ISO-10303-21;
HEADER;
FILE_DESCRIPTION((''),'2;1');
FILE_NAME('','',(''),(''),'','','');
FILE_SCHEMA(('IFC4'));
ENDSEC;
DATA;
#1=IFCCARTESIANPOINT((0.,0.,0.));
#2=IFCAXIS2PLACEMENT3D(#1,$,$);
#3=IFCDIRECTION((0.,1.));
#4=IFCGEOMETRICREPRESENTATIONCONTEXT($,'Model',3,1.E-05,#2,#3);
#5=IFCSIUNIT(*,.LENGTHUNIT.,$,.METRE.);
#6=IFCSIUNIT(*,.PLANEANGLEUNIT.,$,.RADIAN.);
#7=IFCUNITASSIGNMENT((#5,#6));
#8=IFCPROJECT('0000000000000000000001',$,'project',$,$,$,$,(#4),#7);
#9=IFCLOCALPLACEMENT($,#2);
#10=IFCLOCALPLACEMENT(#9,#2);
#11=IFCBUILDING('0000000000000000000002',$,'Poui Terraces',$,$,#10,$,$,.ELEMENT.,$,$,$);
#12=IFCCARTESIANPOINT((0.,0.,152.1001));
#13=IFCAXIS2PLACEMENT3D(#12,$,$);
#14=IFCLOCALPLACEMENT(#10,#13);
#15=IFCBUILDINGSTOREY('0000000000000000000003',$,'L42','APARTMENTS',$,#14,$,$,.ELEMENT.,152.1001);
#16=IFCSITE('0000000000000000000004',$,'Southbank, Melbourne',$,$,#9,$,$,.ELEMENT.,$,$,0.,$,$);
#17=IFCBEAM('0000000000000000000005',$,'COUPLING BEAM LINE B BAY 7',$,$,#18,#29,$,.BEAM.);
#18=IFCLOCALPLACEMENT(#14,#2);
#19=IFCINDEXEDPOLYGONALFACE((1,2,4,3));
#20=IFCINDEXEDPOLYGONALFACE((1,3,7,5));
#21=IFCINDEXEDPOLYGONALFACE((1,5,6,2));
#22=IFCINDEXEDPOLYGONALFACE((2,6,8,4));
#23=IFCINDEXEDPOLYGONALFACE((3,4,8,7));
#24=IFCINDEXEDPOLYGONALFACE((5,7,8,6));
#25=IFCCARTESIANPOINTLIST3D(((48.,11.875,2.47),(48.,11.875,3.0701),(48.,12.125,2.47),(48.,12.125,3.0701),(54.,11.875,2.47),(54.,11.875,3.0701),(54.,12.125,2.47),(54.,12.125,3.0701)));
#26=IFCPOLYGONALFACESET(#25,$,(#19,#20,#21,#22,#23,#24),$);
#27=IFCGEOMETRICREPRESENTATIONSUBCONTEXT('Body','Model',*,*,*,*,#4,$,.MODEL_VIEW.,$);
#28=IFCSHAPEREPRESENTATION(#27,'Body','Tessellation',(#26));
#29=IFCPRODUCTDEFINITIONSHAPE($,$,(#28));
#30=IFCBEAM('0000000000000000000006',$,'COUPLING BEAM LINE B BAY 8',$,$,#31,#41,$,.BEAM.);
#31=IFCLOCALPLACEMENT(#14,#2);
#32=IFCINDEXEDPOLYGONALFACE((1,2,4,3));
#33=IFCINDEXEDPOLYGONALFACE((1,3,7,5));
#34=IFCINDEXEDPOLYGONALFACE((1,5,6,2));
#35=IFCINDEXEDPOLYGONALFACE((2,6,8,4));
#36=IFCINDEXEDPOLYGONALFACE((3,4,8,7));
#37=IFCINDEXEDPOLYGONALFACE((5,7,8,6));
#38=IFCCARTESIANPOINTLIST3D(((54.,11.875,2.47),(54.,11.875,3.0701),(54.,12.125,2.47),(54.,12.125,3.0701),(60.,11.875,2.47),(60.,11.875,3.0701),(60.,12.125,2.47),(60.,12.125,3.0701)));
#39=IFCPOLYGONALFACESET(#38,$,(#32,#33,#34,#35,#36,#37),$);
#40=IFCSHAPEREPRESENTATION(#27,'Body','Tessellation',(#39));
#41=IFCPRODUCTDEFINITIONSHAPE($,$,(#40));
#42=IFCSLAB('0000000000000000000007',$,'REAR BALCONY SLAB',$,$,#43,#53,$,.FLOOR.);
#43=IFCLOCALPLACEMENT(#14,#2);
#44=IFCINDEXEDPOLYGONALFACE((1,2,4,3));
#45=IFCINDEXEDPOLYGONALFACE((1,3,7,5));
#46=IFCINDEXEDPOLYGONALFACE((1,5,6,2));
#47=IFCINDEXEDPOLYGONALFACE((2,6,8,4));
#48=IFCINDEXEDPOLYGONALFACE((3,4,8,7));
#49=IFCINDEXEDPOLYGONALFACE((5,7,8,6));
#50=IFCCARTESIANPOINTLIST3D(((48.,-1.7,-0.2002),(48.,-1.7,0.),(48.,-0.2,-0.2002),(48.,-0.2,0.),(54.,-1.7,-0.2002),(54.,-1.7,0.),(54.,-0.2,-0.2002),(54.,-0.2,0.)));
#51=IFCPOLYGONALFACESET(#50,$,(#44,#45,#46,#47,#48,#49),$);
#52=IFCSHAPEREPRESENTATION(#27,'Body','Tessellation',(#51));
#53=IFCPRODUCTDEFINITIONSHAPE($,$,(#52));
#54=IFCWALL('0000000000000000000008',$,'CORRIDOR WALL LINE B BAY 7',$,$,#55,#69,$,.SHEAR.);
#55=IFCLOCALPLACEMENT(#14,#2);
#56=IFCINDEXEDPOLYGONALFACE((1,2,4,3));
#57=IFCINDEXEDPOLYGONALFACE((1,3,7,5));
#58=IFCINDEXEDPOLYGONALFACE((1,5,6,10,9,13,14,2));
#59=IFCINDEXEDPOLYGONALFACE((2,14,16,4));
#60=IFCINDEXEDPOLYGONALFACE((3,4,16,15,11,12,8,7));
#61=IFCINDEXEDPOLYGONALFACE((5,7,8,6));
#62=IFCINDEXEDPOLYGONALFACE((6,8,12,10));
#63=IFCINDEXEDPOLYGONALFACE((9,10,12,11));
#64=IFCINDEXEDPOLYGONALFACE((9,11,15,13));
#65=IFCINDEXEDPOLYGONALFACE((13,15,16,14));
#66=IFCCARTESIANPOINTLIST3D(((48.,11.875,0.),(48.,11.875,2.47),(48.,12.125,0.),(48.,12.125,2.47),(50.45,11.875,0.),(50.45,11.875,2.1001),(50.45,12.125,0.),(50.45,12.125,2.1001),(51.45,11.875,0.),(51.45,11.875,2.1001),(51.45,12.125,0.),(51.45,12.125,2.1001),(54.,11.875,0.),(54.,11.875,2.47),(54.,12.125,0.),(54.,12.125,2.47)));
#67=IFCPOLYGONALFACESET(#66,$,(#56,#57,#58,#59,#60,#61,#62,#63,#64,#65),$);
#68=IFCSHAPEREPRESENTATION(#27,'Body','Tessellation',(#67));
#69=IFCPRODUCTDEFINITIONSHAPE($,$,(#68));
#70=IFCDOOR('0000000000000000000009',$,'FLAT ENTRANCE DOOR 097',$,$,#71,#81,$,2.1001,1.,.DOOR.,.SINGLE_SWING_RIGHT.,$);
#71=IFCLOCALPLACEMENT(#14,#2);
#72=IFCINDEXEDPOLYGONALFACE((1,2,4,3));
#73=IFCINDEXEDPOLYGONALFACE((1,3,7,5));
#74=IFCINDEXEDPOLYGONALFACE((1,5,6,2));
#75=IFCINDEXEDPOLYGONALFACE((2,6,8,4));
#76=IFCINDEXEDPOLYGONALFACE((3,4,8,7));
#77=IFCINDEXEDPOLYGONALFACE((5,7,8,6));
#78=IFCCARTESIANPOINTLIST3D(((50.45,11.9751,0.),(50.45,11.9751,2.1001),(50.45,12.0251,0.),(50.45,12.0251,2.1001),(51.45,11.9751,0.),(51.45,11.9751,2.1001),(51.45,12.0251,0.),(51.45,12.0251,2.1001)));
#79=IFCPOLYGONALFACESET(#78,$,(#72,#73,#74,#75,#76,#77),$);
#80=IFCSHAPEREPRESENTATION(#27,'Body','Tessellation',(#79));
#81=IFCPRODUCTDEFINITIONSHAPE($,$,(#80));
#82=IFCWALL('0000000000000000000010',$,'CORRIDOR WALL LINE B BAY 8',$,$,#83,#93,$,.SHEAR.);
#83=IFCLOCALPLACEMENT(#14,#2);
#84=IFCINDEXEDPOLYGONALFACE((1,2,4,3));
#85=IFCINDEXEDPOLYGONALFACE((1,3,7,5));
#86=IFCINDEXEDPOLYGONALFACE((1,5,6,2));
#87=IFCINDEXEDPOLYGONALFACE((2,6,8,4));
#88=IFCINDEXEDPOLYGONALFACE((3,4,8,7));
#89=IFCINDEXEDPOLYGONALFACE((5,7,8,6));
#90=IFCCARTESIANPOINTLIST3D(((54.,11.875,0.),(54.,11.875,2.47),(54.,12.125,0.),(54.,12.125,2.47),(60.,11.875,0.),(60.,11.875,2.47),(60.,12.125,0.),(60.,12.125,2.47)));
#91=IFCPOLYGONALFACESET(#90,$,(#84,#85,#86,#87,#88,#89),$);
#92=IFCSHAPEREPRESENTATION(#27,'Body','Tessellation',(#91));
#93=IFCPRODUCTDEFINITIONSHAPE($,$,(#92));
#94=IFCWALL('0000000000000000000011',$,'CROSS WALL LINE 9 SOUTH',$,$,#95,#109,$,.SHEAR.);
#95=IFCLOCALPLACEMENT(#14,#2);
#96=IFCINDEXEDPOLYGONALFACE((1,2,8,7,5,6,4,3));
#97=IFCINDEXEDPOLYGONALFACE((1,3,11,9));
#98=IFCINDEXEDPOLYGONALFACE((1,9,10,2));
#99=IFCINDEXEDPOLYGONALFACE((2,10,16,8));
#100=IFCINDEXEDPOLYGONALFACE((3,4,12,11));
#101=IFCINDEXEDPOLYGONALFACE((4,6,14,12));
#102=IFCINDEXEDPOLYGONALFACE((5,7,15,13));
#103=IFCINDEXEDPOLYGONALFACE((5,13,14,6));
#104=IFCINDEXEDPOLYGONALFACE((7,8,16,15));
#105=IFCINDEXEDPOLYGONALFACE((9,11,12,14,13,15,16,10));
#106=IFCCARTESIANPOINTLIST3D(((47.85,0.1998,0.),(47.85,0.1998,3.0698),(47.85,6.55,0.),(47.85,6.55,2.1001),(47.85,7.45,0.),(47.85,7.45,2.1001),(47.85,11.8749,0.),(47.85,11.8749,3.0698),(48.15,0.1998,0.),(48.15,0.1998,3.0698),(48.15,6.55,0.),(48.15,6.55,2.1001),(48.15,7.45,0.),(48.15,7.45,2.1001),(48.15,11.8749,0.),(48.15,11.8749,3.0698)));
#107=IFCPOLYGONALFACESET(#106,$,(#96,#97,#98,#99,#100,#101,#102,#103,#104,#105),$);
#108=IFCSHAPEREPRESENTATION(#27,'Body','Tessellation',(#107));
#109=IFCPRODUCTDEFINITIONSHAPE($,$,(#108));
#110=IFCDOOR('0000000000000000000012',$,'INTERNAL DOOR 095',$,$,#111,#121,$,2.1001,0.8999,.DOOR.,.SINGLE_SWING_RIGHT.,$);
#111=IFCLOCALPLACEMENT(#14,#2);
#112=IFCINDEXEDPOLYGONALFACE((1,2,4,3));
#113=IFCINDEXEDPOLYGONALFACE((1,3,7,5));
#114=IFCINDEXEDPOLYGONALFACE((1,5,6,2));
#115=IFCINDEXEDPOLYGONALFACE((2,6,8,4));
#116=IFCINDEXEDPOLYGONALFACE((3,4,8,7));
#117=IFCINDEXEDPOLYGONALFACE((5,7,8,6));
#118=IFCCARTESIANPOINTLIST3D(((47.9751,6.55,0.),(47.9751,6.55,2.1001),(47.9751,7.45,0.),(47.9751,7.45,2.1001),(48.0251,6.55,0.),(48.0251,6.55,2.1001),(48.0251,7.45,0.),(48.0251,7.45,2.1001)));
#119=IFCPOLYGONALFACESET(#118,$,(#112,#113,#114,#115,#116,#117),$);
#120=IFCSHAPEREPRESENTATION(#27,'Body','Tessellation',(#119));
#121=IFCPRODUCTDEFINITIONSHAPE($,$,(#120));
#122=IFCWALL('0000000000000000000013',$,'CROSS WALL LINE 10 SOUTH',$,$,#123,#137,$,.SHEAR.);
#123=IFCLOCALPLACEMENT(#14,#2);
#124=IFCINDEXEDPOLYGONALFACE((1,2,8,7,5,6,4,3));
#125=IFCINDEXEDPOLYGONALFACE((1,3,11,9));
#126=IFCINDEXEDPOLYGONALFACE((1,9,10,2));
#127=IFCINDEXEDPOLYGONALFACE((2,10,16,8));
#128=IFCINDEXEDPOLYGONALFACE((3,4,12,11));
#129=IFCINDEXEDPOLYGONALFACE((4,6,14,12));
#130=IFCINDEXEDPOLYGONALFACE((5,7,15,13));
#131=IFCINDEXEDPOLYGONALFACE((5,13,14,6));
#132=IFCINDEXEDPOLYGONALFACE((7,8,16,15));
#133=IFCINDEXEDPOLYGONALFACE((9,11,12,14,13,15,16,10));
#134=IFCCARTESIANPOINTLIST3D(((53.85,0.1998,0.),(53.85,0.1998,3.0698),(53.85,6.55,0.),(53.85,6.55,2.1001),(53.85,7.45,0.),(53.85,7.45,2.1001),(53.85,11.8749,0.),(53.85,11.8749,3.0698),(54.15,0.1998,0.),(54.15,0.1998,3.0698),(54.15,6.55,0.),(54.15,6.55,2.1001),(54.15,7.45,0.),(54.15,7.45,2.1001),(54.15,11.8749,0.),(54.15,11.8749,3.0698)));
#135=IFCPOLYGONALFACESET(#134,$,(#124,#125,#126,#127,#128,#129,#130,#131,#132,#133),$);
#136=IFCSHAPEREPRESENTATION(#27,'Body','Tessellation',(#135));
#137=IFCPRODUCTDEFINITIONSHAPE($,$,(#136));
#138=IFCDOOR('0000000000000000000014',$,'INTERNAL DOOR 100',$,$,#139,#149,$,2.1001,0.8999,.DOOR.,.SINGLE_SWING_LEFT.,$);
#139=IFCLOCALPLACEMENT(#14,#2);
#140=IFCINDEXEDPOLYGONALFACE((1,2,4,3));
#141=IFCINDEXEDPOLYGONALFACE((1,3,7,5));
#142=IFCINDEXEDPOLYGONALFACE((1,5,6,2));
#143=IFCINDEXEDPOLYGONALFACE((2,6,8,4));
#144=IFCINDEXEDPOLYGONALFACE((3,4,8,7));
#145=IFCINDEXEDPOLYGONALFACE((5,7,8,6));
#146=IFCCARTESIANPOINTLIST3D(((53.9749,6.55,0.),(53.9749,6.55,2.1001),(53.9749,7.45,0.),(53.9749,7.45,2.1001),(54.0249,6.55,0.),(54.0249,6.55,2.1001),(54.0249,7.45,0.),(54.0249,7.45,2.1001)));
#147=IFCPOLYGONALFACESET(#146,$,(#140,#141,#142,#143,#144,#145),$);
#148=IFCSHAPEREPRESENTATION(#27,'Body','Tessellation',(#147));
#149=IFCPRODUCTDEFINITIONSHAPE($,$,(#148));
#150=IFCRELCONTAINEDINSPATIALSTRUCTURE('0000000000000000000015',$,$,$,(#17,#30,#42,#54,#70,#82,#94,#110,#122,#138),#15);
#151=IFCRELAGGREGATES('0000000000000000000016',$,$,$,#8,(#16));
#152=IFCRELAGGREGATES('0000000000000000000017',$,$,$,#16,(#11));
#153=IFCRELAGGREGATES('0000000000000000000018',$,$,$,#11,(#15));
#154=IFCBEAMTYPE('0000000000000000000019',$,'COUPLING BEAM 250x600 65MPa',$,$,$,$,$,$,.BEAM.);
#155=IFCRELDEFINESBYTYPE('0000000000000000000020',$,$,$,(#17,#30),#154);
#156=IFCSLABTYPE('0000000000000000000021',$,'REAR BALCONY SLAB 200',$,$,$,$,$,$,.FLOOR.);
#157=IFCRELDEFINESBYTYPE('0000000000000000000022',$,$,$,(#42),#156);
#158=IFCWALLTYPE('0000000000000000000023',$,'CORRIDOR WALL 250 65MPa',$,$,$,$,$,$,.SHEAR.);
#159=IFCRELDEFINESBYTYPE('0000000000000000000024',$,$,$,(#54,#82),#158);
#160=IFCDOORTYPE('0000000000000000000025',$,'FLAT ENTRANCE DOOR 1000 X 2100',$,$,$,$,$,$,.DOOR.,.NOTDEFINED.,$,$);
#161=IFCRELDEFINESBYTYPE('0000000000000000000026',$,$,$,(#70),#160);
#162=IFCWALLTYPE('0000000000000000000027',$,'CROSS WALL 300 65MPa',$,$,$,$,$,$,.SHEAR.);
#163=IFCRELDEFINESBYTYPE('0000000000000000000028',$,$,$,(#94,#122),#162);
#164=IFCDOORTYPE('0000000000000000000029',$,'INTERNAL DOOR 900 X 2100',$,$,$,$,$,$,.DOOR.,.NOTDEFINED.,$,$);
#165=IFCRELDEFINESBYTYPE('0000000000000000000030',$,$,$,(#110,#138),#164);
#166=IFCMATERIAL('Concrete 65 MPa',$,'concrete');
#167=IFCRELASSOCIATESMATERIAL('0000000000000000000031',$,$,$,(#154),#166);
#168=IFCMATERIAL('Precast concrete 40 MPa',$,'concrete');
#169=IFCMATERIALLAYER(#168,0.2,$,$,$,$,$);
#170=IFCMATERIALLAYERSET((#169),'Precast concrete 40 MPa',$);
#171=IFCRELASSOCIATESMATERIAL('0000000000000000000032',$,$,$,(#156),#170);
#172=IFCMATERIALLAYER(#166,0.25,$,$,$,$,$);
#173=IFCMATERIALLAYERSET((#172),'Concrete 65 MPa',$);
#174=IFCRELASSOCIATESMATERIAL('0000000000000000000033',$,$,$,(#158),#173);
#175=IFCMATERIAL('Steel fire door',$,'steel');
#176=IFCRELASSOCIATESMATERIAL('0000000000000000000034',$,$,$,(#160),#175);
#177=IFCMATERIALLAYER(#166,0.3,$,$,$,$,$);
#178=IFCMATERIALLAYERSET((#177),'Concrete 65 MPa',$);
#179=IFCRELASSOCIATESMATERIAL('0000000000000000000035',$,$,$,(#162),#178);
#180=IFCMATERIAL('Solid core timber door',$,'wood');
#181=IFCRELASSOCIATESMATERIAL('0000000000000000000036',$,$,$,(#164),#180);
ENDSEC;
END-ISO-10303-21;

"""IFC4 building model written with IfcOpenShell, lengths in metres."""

from ifc_helpers import new_model, si_unit, direction, frame, frame_2d, origin, origin_2d, place, context, subcontext, project, spatial, polyline, rectangle, outline, extrude, source, transform, mapped, material, layer, layer_set, material_profile, profile_set, type_object, element, fill, save


model = new_model("IFC4")

# Units and contexts
model_context = context("Model", 3, precision=1e-05, world=origin(), true_north=direction((0.0, 1.0)))
body_context = subcontext(model_context, "Body", "Model", "MODEL_VIEW")
ifc_project = project(units=[si_unit("LENGTHUNIT", "METRE"), si_unit("PLANEANGLEUNIT", "RADIAN")], contexts=[model_context])

# Site, building, storey
site_placement = place(None, origin())
site = spatial("IfcSite", under=ifc_project, at=site_placement, Name="Southbank, Melbourne", CompositionType="ELEMENT", RefElevation=0.0)
building_placement = place(site_placement, origin())
building = spatial("IfcBuilding", under=site, at=building_placement, Name="Poui Terraces", CompositionType="ELEMENT")
storey_placement = place(building_placement, frame((0.0, 0.0, 152.1001)))
storey = spatial("IfcBuildingStorey", under=building, at=storey_placement, Name="L42", Description="APARTMENTS", CompositionType="ELEMENT", Elevation=152.1001)

# Beams
ifc_material_1 = material(Name="Concrete 65 MPa", Category="concrete")
ifc_material_profile_1 = material_profile(ifc_material_1, rectangle(XDim=0.25, YDim=0.6001, at=origin_2d()), Name="RC 250x600")
ifc_profile_set_1 = profile_set([ifc_material_profile_1], Name="Concrete 65 MPa")
beam_type = type_object("IfcBeamType", Name="COUPLING BEAM 250x600 65MPa", PredefinedType="BEAM", material=ifc_profile_set_1)
shared_shape_1 = source(origin(), body_context, "Body", "SweptSolid", [
    extrude(rectangle(XDim=0.25, YDim=0.6001, at=origin_2d()), origin(), (0.0, 0.0, 1.0), 6.0),
])
for number, where, z_axis, x_axis, name in (
    (1, (48.0, 12.0, 2.77), (1.0, 0.0, 0.0), (0.0, 1.0, 0.0), "COUPLING BEAM LINE B BAY 7"),
    (2, (54.0, 12.0, 2.77), (1.0, 0.0, 0.0), (0.0, 1.0, 0.0), "COUPLING BEAM LINE B BAY 8"),
):
    element("IfcBeam", number, at=place(storey_placement, frame(where, z_axis=z_axis, x_axis=x_axis)), inside=storey, type_object=beam_type, Name=name, PredefinedType="BEAM", context=body_context, shape_type="MappedRepresentation", body=[
        mapped(shared_shape_1, transform((0.0, 0.0, 0.0))),
    ])

# Slab
ifc_material_2 = material(Name="Precast concrete 40 MPa", Category="concrete")
ifc_layer_1 = layer(ifc_material_2, 0.2)
ifc_layer_set_1 = layer_set([ifc_layer_1], Name="Precast concrete 40 MPa")
slab_type = type_object("IfcSlabType", Name="REAR BALCONY SLAB 200", PredefinedType="FLOOR", material=ifc_layer_set_1)
shared_shape_2 = source(origin(), body_context, "Body", "SweptSolid", [
    extrude(outline(polyline([(0.0, 0.0), (6.0, 0.0), (6.0, 1.5), (0.0, 1.5), (0.0, 0.0)])), origin(), (0.0, 0.0, 1.0), 0.2002),
])
slab_placement = place(storey_placement, frame((48.0, -1.7, -0.2002)))
element("IfcSlab", 3, at=slab_placement, inside=storey, type_object=slab_type, Name="REAR BALCONY SLAB", PredefinedType="FLOOR", context=body_context, shape_type="MappedRepresentation", body=[
    mapped(shared_shape_2, transform((0.0, 0.0, 0.0))),
])

# Wall, opening, door
ifc_layer_2 = layer(ifc_material_1, 0.25)
ifc_layer_set_2 = layer_set([ifc_layer_2], Name="Concrete 65 MPa")
wall_type_1 = type_object("IfcWallType", Name="CORRIDOR WALL 250 65MPa", PredefinedType="SHEAR", material=ifc_layer_set_2)
wall_1_placement = place(storey_placement, frame((48.0, 12.0, 0.0), z_axis=(0.0, 0.0, 1.0), x_axis=(1.0, 0.0, 0.0)))
wall_1 = element("IfcWall", 4, at=wall_1_placement, inside=storey, type_object=wall_type_1, Name="CORRIDOR WALL LINE B BAY 7", PredefinedType="SHEAR", context=body_context, shape_type="SweptSolid", body=[
    extrude(rectangle(XDim=6.0, YDim=0.25, at=frame_2d((3.0, 0.0))), origin(), (0.0, 0.0, 1.0), 2.47),
])
opening_1_placement = place(wall_1_placement, frame((2.45, 0.0, 0.0)))
opening_1 = element("IfcOpeningElement", 5, at=opening_1_placement, cuts=wall_1, PredefinedType="OPENING", context=body_context, shape_type="SweptSolid", body=[
    extrude(rectangle(XDim=1.0, YDim=2.1001, at=frame_2d((0.5, 1.05))), frame((0.0, 0.135, 0.0), z_axis=(0.0, -1.0, 0.0), x_axis=(1.0, 0.0, 0.0)), (0.0, 0.0, 1.0), 0.27),
])
ifc_material_3 = material(Name="Steel fire door", Category="steel")
door_type_1 = type_object("IfcDoorType", Name="FLAT ENTRANCE DOOR 1000 X 2100", OperationType="NOTDEFINED", PredefinedType="DOOR", material=ifc_material_3)
door_1_placement = place(opening_1_placement, frame((1.0, 0.0, 0.0), z_axis=(0.0, 0.0, 1.0), x_axis=(-1.0, 0.0, 0.0)))
door_1 = element("IfcDoor", 6, at=door_1_placement, inside=storey, type_object=door_type_1, Name="FLAT ENTRANCE DOOR 097", OperationType="SINGLE_SWING_RIGHT", OverallHeight=2.1001, OverallWidth=1.0, PredefinedType="DOOR", context=body_context, shape_type="SweptSolid", body=[
    extrude(rectangle(XDim=1.0, YDim=2.1001, at=frame_2d((0.5, 1.05))), frame((0.0, 0.0249, 0.0), z_axis=(0.0, -1.0, 0.0), x_axis=(1.0, 0.0, 0.0)), (0.0, 0.0, 1.0), 0.05),
])
fill(opening_1, door_1)

# Wall
wall_2_placement = place(storey_placement, frame((54.0, 12.0, 0.0), z_axis=(0.0, 0.0, 1.0), x_axis=(1.0, 0.0, 0.0)))
element("IfcWall", 7, at=wall_2_placement, inside=storey, type_object=wall_type_1, Name="CORRIDOR WALL LINE B BAY 8", PredefinedType="SHEAR", context=body_context, shape_type="SweptSolid", body=[
    extrude(rectangle(XDim=6.0, YDim=0.25, at=frame_2d((3.0, 0.0))), origin(), (0.0, 0.0, 1.0), 2.47),
])

# Walls, openings, doors
ifc_layer_3 = layer(ifc_material_1, 0.3)
ifc_layer_set_3 = layer_set([ifc_layer_3], Name="Concrete 65 MPa")
wall_type_2 = type_object("IfcWallType", Name="CROSS WALL 300 65MPa", PredefinedType="SHEAR", material=ifc_layer_set_3)
wall_3_placement = place(storey_placement, frame((48.0, 0.2, 0.0), z_axis=(0.0, 0.0, 1.0), x_axis=(0.0, 1.0, 0.0)))
wall_3 = element("IfcWall", 8, at=wall_3_placement, inside=storey, type_object=wall_type_2, Name="CROSS WALL LINE 9 SOUTH", PredefinedType="SHEAR", context=body_context, shape_type="SweptSolid", body=[
    extrude(rectangle(XDim=11.675, YDim=0.3, at=frame_2d((5.8374, 0.0))), origin(), (0.0, 0.0, 1.0), 3.0698),
])
opening_2_placement = place(wall_3_placement, frame((6.3501, 0.0, 0.0)))
opening_2 = element("IfcOpeningElement", 9, at=opening_2_placement, cuts=wall_3, PredefinedType="OPENING", context=body_context, shape_type="SweptSolid", body=[
    extrude(rectangle(XDim=0.8999, YDim=2.1001, at=frame_2d((0.45, 1.05))), frame((0.0, 0.1602, 0.0), z_axis=(0.0, -1.0, 0.0), x_axis=(1.0, 0.0, 0.0)), (0.0, 0.0, 1.0), 0.3201),
])
ifc_material_4 = material(Name="Solid core timber door", Category="wood")
door_type_2 = type_object("IfcDoorType", Name="INTERNAL DOOR 900 X 2100", OperationType="NOTDEFINED", PredefinedType="DOOR", material=ifc_material_4)
door_2_placement = place(opening_2_placement, origin())
door_2 = element("IfcDoor", 10, at=door_2_placement, inside=storey, type_object=door_type_2, Name="INTERNAL DOOR 095", OperationType="SINGLE_SWING_RIGHT", OverallHeight=2.1001, OverallWidth=0.8999, PredefinedType="DOOR", context=body_context, shape_type="SweptSolid", body=[
    extrude(rectangle(XDim=0.8999, YDim=2.1001, at=frame_2d((0.45, 1.05))), frame((0.0, 0.0249, 0.0), z_axis=(0.0, -1.0, 0.0), x_axis=(1.0, 0.0, 0.0)), (0.0, 0.0, 1.0), 0.05),
])
fill(opening_2, door_2)
wall_4_placement = place(storey_placement, frame((54.0, 0.2, 0.0), z_axis=(0.0, 0.0, 1.0), x_axis=(0.0, 1.0, 0.0)))
wall_4 = element("IfcWall", 11, at=wall_4_placement, inside=storey, type_object=wall_type_2, Name="CROSS WALL LINE 10 SOUTH", PredefinedType="SHEAR", context=body_context, shape_type="SweptSolid", body=[
    extrude(rectangle(XDim=11.675, YDim=0.3, at=frame_2d((5.8374, 0.0))), origin(), (0.0, 0.0, 1.0), 3.0698),
])
opening_3_placement = place(wall_4_placement, frame((6.3501, 0.0, 0.0)))
opening_3 = element("IfcOpeningElement", 12, at=opening_3_placement, cuts=wall_4, PredefinedType="OPENING", context=body_context, shape_type="SweptSolid", body=[
    extrude(rectangle(XDim=0.8999, YDim=2.1001, at=frame_2d((0.45, 1.05))), frame((0.0, 0.1602, 0.0), z_axis=(0.0, -1.0, 0.0), x_axis=(1.0, 0.0, 0.0)), (0.0, 0.0, 1.0), 0.3201),
])
door_3_placement = place(opening_3_placement, frame((0.8999, 0.0, 0.0), z_axis=(0.0, 0.0, 1.0), x_axis=(-1.0, 0.0, 0.0)))
door_3 = element("IfcDoor", 13, at=door_3_placement, inside=storey, type_object=door_type_2, Name="INTERNAL DOOR 100", OperationType="SINGLE_SWING_LEFT", OverallHeight=2.1001, OverallWidth=0.8999, PredefinedType="DOOR", context=body_context, shape_type="SweptSolid", body=[
    extrude(rectangle(XDim=0.8999, YDim=2.1001, at=frame_2d((0.45, 1.05))), frame((0.0, 0.0249, 0.0), z_axis=(0.0, -1.0, 0.0), x_axis=(1.0, 0.0, 0.0)), (0.0, 0.0, 1.0), 0.05),
])
fill(opening_3, door_3)

save(model, "model.ifc")
